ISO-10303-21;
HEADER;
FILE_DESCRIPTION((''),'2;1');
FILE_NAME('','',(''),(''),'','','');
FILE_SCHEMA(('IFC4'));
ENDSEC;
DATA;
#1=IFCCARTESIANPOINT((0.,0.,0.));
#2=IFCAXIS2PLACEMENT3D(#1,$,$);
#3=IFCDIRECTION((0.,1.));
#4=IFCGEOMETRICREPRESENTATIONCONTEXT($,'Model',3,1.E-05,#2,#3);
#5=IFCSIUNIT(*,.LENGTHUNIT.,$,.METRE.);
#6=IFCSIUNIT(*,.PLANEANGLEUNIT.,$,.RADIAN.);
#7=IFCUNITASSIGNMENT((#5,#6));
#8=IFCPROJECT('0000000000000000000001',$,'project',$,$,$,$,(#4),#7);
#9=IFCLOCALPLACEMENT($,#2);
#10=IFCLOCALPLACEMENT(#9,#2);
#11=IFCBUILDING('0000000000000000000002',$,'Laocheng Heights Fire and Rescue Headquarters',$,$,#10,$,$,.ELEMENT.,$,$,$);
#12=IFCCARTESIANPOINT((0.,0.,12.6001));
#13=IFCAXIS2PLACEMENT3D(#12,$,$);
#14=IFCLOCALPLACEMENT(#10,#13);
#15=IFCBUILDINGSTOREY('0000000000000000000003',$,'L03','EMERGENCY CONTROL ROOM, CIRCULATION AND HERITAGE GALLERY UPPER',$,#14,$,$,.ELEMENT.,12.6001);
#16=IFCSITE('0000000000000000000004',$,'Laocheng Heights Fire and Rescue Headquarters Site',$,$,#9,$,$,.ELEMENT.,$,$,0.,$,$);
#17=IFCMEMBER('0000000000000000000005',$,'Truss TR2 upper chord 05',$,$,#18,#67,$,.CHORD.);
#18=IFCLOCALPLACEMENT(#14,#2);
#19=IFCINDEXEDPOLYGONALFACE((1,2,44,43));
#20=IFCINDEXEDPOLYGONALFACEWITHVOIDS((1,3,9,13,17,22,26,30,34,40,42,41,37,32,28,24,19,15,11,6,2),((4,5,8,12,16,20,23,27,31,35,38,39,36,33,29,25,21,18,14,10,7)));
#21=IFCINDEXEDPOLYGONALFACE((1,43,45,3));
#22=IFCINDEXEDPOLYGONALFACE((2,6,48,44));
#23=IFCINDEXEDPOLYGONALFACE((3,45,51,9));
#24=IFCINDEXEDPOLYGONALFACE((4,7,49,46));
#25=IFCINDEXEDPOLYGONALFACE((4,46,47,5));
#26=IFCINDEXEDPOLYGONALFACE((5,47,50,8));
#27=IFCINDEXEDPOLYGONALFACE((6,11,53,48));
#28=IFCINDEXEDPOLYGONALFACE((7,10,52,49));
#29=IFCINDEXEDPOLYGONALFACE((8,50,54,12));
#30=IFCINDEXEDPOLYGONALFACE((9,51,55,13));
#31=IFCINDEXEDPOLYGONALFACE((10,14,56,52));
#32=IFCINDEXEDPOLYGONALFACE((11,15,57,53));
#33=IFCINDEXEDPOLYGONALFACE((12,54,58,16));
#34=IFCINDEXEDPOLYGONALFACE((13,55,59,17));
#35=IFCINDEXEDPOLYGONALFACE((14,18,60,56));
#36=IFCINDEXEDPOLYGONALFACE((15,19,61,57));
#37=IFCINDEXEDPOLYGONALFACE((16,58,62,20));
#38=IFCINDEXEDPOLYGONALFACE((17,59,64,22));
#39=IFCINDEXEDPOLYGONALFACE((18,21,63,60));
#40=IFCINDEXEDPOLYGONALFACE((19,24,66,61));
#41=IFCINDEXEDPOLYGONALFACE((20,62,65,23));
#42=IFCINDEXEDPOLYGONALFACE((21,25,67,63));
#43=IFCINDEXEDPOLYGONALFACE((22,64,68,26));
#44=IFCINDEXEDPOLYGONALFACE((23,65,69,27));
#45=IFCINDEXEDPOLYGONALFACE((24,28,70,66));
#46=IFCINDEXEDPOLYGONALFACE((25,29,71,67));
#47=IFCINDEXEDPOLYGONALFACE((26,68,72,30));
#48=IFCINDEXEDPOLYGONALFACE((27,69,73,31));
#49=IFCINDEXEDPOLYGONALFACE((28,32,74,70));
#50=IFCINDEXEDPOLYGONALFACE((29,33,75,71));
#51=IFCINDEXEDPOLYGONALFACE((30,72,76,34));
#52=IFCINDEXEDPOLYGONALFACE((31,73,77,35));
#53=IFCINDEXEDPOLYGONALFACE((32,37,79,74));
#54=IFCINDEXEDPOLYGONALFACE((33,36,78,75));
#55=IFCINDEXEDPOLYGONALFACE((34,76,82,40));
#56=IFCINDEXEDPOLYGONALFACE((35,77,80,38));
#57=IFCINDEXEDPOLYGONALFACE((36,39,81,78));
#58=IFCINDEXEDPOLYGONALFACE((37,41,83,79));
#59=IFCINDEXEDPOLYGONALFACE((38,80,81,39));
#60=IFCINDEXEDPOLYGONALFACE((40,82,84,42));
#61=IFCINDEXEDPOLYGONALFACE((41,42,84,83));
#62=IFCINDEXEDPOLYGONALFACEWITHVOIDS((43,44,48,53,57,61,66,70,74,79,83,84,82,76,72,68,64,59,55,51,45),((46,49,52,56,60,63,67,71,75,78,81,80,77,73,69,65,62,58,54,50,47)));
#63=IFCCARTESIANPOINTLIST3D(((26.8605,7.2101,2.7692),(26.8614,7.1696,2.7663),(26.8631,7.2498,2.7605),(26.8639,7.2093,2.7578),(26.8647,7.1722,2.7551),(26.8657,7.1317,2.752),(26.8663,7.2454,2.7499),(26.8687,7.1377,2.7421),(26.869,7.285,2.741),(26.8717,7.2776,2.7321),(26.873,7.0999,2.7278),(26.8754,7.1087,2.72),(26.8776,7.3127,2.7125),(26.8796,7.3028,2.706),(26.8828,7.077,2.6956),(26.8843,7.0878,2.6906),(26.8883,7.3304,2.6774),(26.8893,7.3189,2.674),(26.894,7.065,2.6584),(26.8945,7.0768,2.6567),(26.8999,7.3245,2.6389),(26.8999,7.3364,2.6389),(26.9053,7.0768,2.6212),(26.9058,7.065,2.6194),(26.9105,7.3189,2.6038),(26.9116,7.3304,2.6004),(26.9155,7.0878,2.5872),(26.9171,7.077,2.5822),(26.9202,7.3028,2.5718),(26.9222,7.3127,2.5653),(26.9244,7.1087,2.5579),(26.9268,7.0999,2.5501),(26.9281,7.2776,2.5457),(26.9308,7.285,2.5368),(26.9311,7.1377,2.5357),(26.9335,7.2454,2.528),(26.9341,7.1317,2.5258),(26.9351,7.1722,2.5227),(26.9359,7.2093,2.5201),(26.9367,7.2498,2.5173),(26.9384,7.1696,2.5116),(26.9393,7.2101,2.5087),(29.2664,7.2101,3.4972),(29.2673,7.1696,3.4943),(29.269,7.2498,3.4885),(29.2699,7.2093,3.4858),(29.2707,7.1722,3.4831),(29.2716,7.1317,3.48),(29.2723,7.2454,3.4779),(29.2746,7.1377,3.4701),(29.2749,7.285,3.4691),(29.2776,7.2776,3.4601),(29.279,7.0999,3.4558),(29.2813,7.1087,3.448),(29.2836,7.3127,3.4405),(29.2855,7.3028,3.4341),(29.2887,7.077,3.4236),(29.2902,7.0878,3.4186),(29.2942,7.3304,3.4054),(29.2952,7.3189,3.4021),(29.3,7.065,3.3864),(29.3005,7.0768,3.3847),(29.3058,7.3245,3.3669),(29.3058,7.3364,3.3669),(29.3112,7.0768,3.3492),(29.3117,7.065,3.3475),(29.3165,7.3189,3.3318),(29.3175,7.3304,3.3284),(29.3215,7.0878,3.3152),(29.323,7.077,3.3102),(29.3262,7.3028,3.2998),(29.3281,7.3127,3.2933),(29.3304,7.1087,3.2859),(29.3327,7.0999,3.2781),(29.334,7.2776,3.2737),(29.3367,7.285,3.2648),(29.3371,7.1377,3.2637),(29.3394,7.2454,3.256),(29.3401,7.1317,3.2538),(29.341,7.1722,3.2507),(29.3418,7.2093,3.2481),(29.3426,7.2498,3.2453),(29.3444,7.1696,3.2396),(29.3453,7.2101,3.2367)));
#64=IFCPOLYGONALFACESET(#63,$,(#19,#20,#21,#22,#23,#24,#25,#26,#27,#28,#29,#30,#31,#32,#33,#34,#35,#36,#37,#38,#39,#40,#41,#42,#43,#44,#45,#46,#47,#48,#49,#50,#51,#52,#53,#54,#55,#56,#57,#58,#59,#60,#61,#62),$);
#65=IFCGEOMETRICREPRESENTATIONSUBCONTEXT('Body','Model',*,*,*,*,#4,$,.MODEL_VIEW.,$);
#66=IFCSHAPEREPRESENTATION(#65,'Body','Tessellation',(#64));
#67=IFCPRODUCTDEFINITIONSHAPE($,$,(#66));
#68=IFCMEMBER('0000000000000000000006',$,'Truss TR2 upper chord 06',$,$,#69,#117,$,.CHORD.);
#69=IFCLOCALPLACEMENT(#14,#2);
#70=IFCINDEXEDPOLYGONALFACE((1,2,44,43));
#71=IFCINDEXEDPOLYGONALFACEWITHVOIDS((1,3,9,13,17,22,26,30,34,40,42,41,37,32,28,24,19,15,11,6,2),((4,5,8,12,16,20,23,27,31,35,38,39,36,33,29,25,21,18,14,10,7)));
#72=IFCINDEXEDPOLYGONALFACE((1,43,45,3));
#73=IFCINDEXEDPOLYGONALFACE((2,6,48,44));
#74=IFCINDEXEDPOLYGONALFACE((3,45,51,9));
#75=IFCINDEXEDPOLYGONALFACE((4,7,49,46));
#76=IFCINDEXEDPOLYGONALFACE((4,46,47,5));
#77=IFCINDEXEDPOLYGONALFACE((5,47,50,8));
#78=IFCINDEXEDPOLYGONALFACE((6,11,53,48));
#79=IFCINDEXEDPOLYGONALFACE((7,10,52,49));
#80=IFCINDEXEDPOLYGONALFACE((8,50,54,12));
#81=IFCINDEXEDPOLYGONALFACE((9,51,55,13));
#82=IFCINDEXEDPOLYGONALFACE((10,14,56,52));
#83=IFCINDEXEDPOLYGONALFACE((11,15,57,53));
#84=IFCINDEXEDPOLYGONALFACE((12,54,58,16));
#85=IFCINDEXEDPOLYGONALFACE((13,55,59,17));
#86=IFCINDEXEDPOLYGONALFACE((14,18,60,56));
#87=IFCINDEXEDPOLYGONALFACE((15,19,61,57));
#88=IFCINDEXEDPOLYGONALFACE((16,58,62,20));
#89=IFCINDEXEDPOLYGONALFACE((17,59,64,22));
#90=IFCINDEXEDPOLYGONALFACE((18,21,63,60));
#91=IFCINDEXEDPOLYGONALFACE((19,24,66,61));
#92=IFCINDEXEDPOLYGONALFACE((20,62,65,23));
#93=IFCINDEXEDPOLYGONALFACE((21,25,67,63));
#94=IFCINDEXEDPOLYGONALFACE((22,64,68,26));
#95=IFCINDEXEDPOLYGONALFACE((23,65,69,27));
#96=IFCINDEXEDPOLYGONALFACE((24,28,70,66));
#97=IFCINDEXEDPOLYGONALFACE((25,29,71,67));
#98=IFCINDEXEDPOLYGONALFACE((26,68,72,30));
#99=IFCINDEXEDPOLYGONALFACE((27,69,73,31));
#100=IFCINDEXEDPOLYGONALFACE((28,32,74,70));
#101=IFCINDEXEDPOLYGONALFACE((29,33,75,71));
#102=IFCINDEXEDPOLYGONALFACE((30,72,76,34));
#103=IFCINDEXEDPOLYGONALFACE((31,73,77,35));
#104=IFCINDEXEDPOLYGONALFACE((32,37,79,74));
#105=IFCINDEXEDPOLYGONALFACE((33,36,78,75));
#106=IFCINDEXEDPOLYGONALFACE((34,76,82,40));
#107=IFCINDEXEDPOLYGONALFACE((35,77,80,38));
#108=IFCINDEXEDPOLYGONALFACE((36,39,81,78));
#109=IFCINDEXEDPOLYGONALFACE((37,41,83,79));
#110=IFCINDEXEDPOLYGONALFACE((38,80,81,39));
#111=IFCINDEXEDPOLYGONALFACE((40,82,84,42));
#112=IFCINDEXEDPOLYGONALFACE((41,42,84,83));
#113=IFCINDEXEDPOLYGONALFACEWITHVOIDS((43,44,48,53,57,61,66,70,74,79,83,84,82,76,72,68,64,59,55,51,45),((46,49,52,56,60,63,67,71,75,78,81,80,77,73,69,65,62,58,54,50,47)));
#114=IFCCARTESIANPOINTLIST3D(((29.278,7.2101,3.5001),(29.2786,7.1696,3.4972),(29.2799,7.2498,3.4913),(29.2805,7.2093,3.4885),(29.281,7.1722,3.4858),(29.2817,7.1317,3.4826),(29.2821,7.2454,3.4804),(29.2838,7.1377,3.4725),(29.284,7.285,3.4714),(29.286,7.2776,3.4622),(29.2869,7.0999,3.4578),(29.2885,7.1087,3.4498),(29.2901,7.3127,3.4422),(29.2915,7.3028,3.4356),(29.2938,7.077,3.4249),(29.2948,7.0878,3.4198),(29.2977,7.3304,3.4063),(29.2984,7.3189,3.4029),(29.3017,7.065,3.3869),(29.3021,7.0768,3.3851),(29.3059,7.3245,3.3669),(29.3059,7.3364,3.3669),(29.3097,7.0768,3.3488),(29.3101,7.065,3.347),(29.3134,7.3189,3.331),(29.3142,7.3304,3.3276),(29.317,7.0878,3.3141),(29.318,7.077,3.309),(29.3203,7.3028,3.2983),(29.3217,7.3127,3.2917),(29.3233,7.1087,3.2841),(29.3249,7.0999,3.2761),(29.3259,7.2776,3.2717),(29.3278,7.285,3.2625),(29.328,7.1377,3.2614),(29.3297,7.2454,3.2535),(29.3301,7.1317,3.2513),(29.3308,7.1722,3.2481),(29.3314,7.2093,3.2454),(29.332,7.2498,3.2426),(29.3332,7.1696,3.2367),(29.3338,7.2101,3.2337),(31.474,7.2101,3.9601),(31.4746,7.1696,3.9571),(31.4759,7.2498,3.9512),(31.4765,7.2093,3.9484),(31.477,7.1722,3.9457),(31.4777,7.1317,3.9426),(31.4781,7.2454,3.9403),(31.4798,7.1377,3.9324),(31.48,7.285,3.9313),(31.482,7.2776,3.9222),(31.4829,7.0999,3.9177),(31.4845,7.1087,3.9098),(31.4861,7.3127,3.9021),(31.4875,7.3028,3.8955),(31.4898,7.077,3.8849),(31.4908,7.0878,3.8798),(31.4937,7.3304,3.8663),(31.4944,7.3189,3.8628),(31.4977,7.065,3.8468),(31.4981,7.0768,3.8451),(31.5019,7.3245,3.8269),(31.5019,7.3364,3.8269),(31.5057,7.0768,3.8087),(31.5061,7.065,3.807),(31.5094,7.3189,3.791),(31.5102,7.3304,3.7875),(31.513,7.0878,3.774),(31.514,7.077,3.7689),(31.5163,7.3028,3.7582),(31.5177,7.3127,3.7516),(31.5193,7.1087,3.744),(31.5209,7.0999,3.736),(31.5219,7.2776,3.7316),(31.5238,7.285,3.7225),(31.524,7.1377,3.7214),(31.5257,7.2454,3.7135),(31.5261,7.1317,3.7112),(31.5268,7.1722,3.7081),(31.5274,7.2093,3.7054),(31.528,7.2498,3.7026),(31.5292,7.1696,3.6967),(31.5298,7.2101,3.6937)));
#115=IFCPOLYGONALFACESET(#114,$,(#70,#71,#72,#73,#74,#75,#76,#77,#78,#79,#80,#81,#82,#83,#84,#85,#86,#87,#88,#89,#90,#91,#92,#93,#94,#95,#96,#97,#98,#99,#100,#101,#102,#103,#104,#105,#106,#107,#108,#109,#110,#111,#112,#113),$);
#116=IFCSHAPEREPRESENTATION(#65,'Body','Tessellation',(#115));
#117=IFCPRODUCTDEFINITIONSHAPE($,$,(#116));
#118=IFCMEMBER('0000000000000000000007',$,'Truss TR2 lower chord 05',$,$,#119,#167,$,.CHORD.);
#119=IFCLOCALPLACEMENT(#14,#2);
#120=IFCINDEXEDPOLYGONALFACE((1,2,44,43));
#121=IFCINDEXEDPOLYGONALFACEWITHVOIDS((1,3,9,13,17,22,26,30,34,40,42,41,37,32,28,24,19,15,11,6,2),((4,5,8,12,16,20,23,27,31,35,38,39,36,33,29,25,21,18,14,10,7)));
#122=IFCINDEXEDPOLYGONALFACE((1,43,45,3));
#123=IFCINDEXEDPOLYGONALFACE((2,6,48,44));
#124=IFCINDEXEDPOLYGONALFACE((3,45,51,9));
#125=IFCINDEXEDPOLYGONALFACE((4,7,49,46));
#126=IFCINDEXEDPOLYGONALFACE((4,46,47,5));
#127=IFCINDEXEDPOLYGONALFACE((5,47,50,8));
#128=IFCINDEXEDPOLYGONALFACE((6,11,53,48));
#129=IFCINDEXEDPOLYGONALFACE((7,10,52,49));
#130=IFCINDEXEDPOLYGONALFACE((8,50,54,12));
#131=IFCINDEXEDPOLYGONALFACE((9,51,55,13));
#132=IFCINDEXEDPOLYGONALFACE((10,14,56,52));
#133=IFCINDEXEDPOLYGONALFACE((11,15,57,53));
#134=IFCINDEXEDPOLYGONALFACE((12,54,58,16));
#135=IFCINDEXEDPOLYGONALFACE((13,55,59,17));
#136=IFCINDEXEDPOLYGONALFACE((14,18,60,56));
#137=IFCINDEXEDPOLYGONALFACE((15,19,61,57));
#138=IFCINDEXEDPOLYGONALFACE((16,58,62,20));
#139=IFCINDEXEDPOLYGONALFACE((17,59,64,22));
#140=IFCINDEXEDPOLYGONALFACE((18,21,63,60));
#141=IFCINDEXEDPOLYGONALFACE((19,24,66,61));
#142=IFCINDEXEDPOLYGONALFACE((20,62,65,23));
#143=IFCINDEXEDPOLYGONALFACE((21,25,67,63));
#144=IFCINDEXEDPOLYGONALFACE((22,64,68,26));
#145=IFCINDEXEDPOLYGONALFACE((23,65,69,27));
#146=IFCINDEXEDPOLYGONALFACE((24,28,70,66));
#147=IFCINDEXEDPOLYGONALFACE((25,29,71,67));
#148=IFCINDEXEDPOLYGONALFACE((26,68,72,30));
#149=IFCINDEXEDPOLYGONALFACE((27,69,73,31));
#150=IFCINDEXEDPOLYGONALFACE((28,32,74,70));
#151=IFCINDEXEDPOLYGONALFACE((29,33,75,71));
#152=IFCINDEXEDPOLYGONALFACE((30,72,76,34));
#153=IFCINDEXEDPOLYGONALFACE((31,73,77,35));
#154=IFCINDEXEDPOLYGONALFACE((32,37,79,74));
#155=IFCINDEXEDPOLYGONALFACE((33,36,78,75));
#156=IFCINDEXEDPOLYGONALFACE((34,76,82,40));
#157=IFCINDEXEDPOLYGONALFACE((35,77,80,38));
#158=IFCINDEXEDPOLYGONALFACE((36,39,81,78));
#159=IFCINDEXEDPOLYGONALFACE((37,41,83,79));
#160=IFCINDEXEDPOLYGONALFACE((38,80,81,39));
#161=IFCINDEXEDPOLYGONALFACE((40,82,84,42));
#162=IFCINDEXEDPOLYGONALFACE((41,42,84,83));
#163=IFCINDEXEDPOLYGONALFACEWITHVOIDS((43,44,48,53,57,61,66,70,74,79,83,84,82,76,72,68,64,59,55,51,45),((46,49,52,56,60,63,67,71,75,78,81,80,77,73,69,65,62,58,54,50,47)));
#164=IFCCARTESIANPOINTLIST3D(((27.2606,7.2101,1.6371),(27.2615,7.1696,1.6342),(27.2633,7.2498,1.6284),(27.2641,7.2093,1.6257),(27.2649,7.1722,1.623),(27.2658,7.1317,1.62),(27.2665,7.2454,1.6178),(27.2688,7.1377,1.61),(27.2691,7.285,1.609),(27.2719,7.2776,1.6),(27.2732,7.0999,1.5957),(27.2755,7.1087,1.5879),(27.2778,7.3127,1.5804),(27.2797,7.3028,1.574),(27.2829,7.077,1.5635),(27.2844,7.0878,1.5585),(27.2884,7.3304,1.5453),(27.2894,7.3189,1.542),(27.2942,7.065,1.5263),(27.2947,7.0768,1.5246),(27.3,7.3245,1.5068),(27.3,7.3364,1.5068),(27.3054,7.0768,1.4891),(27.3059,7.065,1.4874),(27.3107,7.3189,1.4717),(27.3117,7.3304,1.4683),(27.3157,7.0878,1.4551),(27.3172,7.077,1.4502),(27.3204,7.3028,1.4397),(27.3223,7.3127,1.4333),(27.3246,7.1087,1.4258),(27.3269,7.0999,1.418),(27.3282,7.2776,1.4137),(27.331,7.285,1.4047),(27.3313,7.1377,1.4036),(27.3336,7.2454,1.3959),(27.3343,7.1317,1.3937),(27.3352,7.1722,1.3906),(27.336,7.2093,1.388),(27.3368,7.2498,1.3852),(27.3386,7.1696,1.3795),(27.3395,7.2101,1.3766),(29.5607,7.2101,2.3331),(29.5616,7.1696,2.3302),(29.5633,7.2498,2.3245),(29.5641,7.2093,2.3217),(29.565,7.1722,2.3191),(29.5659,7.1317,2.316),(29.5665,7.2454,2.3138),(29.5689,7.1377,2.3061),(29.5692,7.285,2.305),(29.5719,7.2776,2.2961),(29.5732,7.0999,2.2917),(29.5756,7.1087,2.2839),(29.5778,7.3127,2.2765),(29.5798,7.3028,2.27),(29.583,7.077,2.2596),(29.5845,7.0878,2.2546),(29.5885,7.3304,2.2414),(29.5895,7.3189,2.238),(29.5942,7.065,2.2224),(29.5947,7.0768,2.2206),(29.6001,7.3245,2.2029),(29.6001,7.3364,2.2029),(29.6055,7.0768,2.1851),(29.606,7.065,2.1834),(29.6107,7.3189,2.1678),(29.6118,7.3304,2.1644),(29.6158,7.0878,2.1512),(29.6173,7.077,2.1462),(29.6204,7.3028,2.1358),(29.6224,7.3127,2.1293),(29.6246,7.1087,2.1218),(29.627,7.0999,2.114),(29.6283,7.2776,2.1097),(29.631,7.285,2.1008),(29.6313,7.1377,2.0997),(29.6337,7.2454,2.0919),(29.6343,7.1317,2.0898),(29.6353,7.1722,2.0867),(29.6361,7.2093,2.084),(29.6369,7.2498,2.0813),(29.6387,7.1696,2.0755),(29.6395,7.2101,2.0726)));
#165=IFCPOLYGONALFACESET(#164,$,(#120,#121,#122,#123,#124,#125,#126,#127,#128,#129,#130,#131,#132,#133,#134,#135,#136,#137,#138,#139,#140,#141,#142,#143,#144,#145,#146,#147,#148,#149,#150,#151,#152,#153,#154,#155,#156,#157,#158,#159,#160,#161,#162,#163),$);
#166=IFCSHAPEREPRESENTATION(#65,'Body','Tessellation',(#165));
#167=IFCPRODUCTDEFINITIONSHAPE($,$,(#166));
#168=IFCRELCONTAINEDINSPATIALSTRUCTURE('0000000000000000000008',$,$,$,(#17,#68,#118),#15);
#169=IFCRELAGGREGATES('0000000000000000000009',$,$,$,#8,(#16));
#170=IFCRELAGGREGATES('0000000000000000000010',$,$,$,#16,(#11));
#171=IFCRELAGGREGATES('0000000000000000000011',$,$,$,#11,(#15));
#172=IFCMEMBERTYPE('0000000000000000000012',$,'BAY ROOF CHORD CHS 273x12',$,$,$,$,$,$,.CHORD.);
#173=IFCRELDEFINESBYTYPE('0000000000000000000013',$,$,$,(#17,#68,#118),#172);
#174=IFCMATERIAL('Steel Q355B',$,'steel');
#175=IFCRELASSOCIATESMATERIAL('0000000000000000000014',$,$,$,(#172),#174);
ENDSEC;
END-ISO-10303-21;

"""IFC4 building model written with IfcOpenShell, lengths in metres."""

from ifc_helpers import new_model, si_unit, direction, frame, origin, origin_2d, place, context, subcontext, project, spatial, hollow_circle, extrude, material, material_profile, profile_set, type_object, element, save


model = new_model("IFC4")

# Units and contexts
model_context = context("Model", 3, precision=1e-05, world=origin(), true_north=direction((0.0, 1.0)))
body_context = subcontext(model_context, "Body", "Model", "MODEL_VIEW")
ifc_project = project(units=[si_unit("LENGTHUNIT", "METRE"), si_unit("PLANEANGLEUNIT", "RADIAN")], contexts=[model_context])

# Site, building, storey
site_placement = place(None, origin())
site = spatial("IfcSite", under=ifc_project, at=site_placement, Name="Laocheng Heights Fire and Rescue Headquarters Site", CompositionType="ELEMENT", RefElevation=0.0)
building_placement = place(site_placement, origin())
building = spatial("IfcBuilding", under=site, at=building_placement, Name="Laocheng Heights Fire and Rescue Headquarters", CompositionType="ELEMENT")
storey_placement = place(building_placement, frame((0.0, 0.0, 12.6001)))
storey = spatial("IfcBuildingStorey", under=building, at=storey_placement, Name="L03", Description="EMERGENCY CONTROL ROOM, CIRCULATION AND HERITAGE GALLERY UPPER", CompositionType="ELEMENT", Elevation=12.6001)

# Members
ifc_material_1 = material(Name="Steel Q355B", Category="steel")
ifc_material_profile_1 = material_profile(ifc_material_1, hollow_circle(Radius=0.1365, WallThickness=0.012, at=origin_2d()), Name="CHS 273x12")
ifc_profile_set_1 = profile_set([ifc_material_profile_1], Name="Steel Q355B")
member_type_1 = type_object("IfcMemberType", Name="BAY ROOF CHORD CHS 273x12", PredefinedType="CHORD", material=ifc_profile_set_1)
member_1_placement = place(storey_placement, frame((26.8999, 7.2, 2.6389), z_axis=(0.957142, 0.0, 0.289619), x_axis=(0.0, 1.0, 0.0)))
element("IfcMember", 1, at=member_1_placement, inside=storey, type_object=member_type_1, Name="Truss TR2 upper chord 05", PredefinedType="CHORD", context=body_context, shape_type="SweptSolid", body=[
    extrude(hollow_circle(Radius=0.1365, WallThickness=0.012, at=origin_2d()), origin(), (0.0, 0.0, 1.0), 2.5137),
])
member_2_placement = place(storey_placement, frame((29.3059, 7.2, 3.3669), z_axis=(0.978762, 0.0, 0.205001), x_axis=(0.0, 1.0, 0.0)))
element("IfcMember", 2, at=member_2_placement, inside=storey, type_object=member_type_1, Name="Truss TR2 upper chord 06", PredefinedType="CHORD", context=body_context, shape_type="SweptSolid", body=[
    extrude(hollow_circle(Radius=0.1365, WallThickness=0.012, at=origin_2d()), origin(), (0.0, 0.0, 1.0), 2.2437),
])
member_3_placement = place(storey_placement, frame((27.3, 7.2, 1.5068), z_axis=(0.957133, 0.0, 0.289649), x_axis=(0.0, 1.0, 0.0)))
element("IfcMember", 3, at=member_3_placement, inside=storey, type_object=member_type_1, Name="Truss TR2 lower chord 05", PredefinedType="CHORD", context=body_context, shape_type="SweptSolid", body=[
    extrude(hollow_circle(Radius=0.1365, WallThickness=0.012, at=origin_2d()), origin(), (0.0, 0.0, 1.0), 2.4031),
])

save(model, "model.ifc")
